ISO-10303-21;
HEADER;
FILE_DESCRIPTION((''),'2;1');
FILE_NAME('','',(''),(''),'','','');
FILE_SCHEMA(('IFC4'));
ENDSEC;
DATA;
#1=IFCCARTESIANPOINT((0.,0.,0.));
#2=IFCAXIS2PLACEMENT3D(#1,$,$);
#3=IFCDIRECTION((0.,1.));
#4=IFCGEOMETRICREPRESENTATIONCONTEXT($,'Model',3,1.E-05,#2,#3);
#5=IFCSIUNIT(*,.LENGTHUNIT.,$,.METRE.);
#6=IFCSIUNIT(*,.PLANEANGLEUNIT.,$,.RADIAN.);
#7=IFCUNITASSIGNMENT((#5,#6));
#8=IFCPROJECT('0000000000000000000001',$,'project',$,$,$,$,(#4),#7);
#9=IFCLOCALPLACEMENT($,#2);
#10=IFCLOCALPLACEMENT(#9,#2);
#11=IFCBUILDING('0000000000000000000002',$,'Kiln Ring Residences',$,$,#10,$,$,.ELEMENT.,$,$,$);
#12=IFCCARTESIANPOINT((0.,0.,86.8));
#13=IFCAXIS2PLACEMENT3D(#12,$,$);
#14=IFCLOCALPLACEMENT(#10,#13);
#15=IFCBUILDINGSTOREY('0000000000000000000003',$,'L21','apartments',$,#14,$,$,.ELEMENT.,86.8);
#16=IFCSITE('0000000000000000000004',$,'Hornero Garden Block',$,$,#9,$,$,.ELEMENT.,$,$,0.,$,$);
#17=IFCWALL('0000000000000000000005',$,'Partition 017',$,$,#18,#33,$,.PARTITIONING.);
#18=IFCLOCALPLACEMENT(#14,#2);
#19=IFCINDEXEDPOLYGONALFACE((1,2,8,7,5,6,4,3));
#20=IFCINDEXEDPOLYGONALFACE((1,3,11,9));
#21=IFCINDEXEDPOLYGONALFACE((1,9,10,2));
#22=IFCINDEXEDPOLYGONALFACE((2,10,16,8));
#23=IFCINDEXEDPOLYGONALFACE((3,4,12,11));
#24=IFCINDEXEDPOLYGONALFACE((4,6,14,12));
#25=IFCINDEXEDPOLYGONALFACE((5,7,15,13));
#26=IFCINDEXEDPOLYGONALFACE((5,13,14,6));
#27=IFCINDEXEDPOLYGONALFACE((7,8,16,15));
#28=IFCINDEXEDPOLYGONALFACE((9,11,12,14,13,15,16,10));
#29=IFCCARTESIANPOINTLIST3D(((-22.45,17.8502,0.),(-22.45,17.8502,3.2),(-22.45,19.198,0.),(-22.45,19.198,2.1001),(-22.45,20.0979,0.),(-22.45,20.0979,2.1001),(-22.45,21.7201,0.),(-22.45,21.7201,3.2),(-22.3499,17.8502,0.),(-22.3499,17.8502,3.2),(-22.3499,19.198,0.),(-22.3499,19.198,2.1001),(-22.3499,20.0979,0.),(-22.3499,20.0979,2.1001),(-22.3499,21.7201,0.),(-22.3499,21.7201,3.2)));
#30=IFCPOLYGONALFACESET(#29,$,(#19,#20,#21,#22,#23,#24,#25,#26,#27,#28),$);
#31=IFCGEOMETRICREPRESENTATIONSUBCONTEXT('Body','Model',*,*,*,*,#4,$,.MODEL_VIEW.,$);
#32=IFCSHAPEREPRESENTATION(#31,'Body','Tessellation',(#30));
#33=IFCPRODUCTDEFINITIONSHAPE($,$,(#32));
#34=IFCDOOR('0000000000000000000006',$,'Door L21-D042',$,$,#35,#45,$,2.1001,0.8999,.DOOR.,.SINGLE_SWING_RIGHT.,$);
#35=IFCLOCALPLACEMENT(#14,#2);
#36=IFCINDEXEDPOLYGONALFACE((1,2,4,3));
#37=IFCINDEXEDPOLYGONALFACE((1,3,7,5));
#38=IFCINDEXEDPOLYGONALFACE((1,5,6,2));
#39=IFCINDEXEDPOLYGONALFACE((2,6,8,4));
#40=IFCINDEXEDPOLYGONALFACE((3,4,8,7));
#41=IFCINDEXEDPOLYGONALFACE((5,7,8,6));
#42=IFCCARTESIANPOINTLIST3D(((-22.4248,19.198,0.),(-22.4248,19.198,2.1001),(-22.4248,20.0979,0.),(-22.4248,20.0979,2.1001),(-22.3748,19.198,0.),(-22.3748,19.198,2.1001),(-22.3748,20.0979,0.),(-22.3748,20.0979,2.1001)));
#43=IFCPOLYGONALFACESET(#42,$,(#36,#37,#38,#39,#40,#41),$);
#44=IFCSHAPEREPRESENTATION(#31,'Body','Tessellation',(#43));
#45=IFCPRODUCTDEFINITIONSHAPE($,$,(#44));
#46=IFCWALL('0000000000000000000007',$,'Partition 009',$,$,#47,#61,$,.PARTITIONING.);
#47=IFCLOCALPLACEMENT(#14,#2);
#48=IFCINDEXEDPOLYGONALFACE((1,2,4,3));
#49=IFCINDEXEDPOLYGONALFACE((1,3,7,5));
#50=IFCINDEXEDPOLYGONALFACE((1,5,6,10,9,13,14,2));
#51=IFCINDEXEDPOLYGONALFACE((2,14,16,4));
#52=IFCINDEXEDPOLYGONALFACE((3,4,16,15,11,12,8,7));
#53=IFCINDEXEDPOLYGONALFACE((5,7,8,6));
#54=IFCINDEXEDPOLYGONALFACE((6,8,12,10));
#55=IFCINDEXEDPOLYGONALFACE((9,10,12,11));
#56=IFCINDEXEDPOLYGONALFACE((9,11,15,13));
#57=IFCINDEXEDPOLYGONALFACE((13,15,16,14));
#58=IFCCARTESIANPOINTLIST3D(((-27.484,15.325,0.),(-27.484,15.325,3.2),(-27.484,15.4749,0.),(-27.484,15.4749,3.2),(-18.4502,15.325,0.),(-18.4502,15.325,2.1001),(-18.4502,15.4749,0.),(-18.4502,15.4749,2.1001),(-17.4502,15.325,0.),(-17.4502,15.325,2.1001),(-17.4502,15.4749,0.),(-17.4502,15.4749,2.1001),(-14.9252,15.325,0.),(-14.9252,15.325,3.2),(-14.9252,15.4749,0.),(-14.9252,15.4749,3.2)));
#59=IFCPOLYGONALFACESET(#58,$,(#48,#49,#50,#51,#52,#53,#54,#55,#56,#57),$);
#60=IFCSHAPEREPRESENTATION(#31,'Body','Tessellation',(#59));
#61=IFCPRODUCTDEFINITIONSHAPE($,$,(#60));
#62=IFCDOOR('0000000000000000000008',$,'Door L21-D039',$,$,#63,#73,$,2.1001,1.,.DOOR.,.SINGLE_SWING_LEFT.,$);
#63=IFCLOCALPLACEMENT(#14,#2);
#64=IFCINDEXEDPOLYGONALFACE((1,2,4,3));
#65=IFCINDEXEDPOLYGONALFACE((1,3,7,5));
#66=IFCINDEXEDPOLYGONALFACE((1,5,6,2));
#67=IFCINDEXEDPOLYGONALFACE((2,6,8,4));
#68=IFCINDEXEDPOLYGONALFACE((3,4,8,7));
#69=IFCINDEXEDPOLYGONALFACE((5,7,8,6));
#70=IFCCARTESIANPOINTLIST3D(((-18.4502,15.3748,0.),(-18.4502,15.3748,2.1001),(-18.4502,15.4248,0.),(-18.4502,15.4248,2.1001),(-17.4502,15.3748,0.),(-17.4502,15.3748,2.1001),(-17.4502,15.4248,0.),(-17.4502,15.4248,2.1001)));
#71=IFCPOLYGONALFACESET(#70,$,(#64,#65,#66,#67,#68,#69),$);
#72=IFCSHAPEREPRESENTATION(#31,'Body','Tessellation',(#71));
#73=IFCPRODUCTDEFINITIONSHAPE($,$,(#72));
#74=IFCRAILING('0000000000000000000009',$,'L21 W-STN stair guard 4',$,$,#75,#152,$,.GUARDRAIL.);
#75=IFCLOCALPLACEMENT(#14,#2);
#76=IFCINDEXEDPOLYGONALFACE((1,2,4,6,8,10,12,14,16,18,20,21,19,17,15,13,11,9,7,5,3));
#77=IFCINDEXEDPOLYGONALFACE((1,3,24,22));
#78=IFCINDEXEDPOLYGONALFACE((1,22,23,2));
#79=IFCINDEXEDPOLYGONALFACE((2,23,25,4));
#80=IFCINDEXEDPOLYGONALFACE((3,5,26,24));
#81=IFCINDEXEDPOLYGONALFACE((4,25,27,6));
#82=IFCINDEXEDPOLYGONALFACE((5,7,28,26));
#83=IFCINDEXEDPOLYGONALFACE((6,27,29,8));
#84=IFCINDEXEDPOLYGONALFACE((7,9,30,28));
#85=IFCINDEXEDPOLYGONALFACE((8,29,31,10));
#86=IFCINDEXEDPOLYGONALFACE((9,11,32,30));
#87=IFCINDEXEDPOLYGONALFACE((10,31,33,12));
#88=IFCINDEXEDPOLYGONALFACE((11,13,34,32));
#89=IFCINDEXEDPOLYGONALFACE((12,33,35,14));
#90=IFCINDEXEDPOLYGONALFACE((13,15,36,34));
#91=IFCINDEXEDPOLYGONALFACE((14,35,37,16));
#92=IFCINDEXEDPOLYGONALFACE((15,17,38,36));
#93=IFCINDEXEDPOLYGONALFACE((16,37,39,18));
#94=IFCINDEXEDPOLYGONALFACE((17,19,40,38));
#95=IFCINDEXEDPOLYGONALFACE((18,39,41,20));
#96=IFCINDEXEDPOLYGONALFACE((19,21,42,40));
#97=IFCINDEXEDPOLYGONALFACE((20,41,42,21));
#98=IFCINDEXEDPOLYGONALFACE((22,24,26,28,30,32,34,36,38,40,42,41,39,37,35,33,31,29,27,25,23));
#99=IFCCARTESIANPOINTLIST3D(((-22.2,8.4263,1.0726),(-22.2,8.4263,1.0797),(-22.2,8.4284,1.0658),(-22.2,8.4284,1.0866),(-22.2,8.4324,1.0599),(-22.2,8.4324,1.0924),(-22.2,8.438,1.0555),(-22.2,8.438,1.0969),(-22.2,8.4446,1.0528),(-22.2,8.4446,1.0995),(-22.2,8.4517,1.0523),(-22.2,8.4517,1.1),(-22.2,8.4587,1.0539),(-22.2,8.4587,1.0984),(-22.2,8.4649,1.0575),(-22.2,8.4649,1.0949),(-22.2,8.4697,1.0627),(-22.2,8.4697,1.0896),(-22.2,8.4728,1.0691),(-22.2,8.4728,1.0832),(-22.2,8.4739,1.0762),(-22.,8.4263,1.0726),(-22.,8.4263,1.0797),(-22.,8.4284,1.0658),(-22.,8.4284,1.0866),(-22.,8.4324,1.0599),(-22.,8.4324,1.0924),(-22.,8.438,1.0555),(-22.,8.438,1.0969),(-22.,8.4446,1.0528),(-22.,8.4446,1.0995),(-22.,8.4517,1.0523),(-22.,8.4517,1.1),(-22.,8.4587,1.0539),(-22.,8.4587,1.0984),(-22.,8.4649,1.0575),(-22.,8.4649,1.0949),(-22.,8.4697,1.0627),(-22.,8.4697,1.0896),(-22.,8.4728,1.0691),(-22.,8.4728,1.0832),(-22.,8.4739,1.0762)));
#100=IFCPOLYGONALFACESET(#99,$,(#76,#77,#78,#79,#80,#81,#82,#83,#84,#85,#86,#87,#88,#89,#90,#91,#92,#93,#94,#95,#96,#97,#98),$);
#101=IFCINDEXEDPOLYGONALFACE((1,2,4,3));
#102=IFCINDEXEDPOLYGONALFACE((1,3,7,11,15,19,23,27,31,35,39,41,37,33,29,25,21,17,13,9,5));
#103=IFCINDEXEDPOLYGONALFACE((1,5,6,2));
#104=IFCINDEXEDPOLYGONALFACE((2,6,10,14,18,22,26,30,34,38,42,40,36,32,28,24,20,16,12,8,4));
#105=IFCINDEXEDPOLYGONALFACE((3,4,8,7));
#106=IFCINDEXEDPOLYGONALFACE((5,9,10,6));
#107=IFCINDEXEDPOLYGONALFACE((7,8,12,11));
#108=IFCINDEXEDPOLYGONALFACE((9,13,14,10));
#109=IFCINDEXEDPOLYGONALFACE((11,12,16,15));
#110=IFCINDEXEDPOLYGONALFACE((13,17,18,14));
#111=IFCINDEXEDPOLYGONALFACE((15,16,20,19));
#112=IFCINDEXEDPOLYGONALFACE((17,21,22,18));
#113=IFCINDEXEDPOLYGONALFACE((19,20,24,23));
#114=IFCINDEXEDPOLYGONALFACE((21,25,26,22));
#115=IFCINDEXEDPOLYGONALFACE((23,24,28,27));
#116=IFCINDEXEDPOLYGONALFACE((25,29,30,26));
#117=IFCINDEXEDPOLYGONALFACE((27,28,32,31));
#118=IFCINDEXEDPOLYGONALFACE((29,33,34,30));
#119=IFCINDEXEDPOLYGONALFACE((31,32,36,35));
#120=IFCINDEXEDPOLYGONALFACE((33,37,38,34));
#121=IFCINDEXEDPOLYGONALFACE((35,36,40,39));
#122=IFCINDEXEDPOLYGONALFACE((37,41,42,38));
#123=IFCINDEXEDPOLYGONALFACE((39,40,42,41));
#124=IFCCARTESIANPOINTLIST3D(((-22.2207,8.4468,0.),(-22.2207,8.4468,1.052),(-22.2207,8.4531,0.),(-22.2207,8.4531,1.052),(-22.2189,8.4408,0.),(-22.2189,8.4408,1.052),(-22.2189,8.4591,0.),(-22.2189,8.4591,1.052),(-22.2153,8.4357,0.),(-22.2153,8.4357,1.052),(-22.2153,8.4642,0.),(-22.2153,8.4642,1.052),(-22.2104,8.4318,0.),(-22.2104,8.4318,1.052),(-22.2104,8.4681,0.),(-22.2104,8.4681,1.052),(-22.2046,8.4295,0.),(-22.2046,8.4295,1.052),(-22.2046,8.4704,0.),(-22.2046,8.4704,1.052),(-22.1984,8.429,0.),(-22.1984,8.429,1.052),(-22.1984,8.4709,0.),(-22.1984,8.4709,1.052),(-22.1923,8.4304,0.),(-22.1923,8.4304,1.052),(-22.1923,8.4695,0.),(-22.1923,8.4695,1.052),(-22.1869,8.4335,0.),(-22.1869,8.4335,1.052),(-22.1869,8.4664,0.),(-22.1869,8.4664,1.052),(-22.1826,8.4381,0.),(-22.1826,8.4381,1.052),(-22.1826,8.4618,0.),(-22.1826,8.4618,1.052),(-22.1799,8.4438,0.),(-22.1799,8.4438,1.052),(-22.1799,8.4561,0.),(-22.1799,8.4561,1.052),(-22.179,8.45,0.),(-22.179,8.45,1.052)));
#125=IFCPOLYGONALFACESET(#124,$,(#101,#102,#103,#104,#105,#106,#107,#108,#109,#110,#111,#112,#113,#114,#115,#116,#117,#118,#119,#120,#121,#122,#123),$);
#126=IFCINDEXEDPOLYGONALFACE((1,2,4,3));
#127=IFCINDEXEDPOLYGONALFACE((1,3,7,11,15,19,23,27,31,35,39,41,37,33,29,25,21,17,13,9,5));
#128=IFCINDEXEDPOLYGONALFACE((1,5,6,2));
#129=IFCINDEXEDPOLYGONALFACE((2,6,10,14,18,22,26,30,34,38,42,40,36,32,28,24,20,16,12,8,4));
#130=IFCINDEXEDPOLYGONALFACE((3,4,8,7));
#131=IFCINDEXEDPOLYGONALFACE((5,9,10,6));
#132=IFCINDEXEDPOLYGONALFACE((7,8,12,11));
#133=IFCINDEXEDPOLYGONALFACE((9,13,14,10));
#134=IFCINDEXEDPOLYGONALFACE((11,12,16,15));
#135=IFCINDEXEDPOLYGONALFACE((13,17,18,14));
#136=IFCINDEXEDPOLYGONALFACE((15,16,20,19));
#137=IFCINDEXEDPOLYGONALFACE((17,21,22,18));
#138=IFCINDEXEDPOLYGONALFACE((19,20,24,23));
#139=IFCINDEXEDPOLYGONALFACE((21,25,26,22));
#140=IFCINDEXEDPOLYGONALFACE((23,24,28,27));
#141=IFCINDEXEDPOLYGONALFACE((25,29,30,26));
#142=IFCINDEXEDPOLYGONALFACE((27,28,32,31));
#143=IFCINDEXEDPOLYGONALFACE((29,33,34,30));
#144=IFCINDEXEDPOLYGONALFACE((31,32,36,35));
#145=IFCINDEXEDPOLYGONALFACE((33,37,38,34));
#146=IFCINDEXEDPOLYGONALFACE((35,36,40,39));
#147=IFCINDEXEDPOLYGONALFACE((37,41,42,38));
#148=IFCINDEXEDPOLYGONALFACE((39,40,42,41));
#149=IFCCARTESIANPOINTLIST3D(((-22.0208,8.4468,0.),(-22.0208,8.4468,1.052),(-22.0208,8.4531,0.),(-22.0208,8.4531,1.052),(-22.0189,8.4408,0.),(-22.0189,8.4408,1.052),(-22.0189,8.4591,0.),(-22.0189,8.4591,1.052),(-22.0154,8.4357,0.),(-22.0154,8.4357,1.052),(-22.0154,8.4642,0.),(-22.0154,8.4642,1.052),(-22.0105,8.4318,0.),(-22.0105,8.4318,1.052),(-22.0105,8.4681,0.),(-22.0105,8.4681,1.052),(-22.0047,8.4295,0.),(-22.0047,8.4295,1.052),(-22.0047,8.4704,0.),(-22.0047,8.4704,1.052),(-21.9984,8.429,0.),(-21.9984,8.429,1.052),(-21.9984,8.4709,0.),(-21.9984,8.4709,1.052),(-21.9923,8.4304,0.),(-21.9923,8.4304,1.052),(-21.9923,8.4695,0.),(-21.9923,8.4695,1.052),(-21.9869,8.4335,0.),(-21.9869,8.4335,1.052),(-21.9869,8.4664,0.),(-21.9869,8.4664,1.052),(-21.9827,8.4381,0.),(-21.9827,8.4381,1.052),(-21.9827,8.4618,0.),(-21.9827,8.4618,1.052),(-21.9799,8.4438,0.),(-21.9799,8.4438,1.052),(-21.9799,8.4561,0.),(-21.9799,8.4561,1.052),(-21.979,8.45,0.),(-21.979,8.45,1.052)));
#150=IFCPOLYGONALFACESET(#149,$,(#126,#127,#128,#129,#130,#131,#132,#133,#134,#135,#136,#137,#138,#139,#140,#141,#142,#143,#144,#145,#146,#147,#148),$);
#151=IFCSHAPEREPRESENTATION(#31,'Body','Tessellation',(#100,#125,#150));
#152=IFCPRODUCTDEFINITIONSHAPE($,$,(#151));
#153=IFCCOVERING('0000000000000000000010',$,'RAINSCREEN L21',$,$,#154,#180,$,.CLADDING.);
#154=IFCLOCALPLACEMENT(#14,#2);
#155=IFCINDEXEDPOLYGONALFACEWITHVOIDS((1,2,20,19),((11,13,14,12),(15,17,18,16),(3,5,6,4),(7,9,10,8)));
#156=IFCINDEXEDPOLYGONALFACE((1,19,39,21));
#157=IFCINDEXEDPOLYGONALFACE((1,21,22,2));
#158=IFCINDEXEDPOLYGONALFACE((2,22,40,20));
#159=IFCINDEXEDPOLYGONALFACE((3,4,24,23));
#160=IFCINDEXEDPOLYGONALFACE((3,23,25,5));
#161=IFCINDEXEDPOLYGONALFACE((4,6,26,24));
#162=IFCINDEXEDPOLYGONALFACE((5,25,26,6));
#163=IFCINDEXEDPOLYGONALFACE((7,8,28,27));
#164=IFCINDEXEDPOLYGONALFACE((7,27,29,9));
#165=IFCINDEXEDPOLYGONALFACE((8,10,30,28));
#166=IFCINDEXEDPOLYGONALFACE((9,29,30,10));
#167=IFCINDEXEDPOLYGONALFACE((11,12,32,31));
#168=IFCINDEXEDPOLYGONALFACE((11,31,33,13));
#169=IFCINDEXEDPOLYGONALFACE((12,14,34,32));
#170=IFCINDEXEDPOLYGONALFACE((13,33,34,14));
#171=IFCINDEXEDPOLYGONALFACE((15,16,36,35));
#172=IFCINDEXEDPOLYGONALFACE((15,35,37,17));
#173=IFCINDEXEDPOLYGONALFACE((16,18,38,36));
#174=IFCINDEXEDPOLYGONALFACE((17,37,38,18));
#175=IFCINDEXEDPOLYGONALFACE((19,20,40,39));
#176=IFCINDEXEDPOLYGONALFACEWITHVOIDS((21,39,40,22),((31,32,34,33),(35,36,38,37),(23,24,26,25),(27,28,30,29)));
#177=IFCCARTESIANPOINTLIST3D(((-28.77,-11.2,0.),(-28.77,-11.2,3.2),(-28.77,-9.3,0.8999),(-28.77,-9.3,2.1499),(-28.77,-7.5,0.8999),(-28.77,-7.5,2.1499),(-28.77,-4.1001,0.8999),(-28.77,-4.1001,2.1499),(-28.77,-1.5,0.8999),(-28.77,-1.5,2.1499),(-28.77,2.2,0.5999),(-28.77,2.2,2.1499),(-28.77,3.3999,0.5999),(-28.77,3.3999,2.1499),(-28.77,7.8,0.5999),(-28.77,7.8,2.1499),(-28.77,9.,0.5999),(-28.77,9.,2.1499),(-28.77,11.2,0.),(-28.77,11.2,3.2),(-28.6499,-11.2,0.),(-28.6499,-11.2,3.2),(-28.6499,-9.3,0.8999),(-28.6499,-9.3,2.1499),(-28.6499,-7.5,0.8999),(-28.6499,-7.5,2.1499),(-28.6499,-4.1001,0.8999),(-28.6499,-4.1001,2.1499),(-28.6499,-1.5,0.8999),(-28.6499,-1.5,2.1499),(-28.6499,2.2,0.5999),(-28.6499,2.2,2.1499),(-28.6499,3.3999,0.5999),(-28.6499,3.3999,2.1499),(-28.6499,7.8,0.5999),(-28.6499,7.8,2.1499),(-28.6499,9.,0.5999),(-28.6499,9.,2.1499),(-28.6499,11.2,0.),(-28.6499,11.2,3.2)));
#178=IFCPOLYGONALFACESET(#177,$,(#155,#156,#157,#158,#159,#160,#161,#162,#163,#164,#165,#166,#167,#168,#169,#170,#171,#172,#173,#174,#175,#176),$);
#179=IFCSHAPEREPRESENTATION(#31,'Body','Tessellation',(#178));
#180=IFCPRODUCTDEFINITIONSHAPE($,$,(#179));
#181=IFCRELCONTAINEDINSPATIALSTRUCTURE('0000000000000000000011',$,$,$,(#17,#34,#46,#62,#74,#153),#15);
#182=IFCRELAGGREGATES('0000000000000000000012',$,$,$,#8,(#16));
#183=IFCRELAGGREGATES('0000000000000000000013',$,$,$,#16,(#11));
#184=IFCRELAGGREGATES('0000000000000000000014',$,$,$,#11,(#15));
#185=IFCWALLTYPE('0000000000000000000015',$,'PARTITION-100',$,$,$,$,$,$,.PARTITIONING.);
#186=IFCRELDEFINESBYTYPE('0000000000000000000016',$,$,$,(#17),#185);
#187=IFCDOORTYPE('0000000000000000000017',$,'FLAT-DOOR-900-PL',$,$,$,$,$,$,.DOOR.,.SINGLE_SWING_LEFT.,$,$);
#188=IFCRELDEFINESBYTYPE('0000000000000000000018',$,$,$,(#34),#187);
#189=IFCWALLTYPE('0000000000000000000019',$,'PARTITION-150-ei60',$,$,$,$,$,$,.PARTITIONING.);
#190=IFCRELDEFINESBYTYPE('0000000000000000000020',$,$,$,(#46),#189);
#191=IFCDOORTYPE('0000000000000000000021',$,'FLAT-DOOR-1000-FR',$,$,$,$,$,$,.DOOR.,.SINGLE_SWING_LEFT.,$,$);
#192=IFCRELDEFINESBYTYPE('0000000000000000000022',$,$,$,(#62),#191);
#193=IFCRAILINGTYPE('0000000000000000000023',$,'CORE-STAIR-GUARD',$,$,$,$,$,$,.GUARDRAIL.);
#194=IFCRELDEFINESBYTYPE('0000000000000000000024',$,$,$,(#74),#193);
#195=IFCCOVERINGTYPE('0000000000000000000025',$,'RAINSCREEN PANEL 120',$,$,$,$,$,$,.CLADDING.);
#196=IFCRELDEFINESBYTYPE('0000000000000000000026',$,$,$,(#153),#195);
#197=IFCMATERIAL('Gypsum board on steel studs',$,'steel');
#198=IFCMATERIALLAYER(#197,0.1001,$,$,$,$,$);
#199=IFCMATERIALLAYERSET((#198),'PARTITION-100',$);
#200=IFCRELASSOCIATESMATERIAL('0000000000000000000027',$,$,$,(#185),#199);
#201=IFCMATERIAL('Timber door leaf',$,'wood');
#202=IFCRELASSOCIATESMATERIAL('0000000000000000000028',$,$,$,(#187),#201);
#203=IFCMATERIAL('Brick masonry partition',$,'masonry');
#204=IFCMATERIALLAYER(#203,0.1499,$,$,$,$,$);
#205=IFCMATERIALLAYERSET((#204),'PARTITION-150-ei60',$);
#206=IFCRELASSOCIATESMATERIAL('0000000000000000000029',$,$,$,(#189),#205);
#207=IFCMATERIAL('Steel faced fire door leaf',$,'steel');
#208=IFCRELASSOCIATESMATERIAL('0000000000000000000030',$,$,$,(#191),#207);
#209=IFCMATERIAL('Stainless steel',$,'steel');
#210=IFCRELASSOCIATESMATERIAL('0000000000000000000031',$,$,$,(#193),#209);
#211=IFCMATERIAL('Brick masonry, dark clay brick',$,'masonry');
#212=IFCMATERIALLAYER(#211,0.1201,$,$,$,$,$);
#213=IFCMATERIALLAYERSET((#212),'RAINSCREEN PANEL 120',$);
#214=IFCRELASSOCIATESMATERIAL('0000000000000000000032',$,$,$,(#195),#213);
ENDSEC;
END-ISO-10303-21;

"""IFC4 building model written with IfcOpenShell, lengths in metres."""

from ifc_helpers import new_model, si_unit, direction, frame, frame_2d, origin, origin_2d, place, context, subcontext, project, spatial, polyline, rectangle, circle, outline, extrude, material, layer, layer_set, type_object, element, fill, save


model = new_model("IFC4")

# Units and contexts
model_context = context("Model", 3, precision=1e-05, world=origin(), true_north=direction((0.0, 1.0)))
body_context = subcontext(model_context, "Body", "Model", "MODEL_VIEW")
ifc_project = project(units=[si_unit("LENGTHUNIT", "METRE"), si_unit("PLANEANGLEUNIT", "RADIAN")], contexts=[model_context])

# Site, building, storey
site_placement = place(None, origin())
site = spatial("IfcSite", under=ifc_project, at=site_placement, Name="Hornero Garden Block", CompositionType="ELEMENT", RefElevation=0.0)
building_placement = place(site_placement, origin())
building = spatial("IfcBuilding", under=site, at=building_placement, Name="Kiln Ring Residences", CompositionType="ELEMENT")
storey_placement = place(building_placement, frame((0.0, 0.0, 86.8)))
storey = spatial("IfcBuildingStorey", under=building, at=storey_placement, Name="L21", Description="apartments", CompositionType="ELEMENT", Elevation=86.8)

# Shared definitions
ifc_material_1 = material(Name="Gypsum board on steel studs", Category="steel")
ifc_layer_1 = layer(ifc_material_1, 0.1001)
ifc_layer_set_1 = layer_set([ifc_layer_1], Name="PARTITION-100")
wall_type_1 = type_object("IfcWallType", Name="PARTITION-100", PredefinedType="PARTITIONING", material=ifc_layer_set_1)
ifc_material_2 = material(Name="Timber door leaf", Category="wood")
door_type_1 = type_object("IfcDoorType", Name="FLAT-DOOR-900-PL", OperationType="SINGLE_SWING_LEFT", PredefinedType="DOOR", material=ifc_material_2)

# Walls, openings, doors
wall_1_placement = place(storey_placement, frame((-22.3999, 17.8501, 0.0), z_axis=(0.0, 0.0, 1.0), x_axis=(0.0, 1.0, 0.0)))
wall_1 = element("IfcWall", 1, at=wall_1_placement, inside=storey, type_object=wall_type_1, Name="Partition 017", PredefinedType="PARTITIONING", context=body_context, shape_type="SweptSolid", body=[
    extrude(rectangle(XDim=3.8699, YDim=0.1001, at=frame_2d((1.9351, 0.0))), origin(), (0.0, 0.0, 1.0), 3.2),
])
opening_1_placement = place(wall_1_placement, frame((1.3479, 0.0, 0.0)))
opening_1 = element("IfcOpeningElement", 2, at=opening_1_placement, cuts=wall_1, PredefinedType="OPENING", context=body_context, shape_type="SweptSolid", body=[
    extrude(rectangle(XDim=0.8999, YDim=2.1001, at=frame_2d((0.45, 1.05))), frame((0.0, 0.0601, 0.0), z_axis=(0.0, -1.0, 0.0), x_axis=(1.0, 0.0, 0.0)), (0.0, 0.0, 1.0), 0.1201),
])
door_1_placement = place(opening_1_placement, origin())
door_1 = element("IfcDoor", 3, at=door_1_placement, inside=storey, type_object=door_type_1, Name="Door L21-D042", OperationType="SINGLE_SWING_RIGHT", OverallHeight=2.1001, OverallWidth=0.8999, PredefinedType="DOOR", context=body_context, shape_type="SweptSolid", body=[
    extrude(rectangle(XDim=0.8999, YDim=2.1001, at=frame_2d((0.45, 1.05))), frame((0.0, 0.0249, 0.0), z_axis=(0.0, -1.0, 0.0), x_axis=(1.0, 0.0, 0.0)), (0.0, 0.0, 1.0), 0.05),
])
fill(opening_1, door_1)
ifc_material_3 = material(Name="Brick masonry partition", Category="masonry")
ifc_layer_2 = layer(ifc_material_3, 0.1499)
ifc_layer_set_2 = layer_set([ifc_layer_2], Name="PARTITION-150-ei60")
wall_type_2 = type_object("IfcWallType", Name="PARTITION-150-ei60", PredefinedType="PARTITIONING", material=ifc_layer_set_2)
wall_2_placement = place(storey_placement, frame((-27.4839, 15.3999, 0.0), z_axis=(0.0, 0.0, 1.0), x_axis=(1.0, 0.0, 0.0)))
wall_2 = element("IfcWall", 4, at=wall_2_placement, inside=storey, type_object=wall_type_2, Name="Partition 009", PredefinedType="PARTITIONING", context=body_context, shape_type="SweptSolid", body=[
    extrude(rectangle(XDim=12.5588, YDim=0.1499, at=frame_2d((6.2793, 0.0))), origin(), (0.0, 0.0, 1.0), 3.2),
])
opening_2_placement = place(wall_2_placement, frame((9.0337, 0.0, 0.0)))
opening_2 = element("IfcOpeningElement", 5, at=opening_2_placement, cuts=wall_2, PredefinedType="OPENING", context=body_context, shape_type="SweptSolid", body=[
    extrude(rectangle(XDim=1.0, YDim=2.1001, at=frame_2d((0.5, 1.05))), frame((0.0, 0.085, 0.0), z_axis=(0.0, -1.0, 0.0), x_axis=(1.0, 0.0, 0.0)), (0.0, 0.0, 1.0), 0.1699),
])
ifc_material_4 = material(Name="Steel faced fire door leaf", Category="steel")
door_type_2 = type_object("IfcDoorType", Name="FLAT-DOOR-1000-FR", OperationType="SINGLE_SWING_LEFT", PredefinedType="DOOR", material=ifc_material_4)
door_2_placement = place(opening_2_placement, origin())
door_2 = element("IfcDoor", 6, at=door_2_placement, inside=storey, type_object=door_type_2, Name="Door L21-D039", OperationType="SINGLE_SWING_LEFT", OverallHeight=2.1001, OverallWidth=1.0, PredefinedType="DOOR", context=body_context, shape_type="SweptSolid", body=[
    extrude(rectangle(XDim=1.0, YDim=2.1001, at=frame_2d((0.5, 1.05))), frame((0.0, 0.0249, 0.0), z_axis=(0.0, -1.0, 0.0), x_axis=(1.0, 0.0, 0.0)), (0.0, 0.0, 1.0), 0.05),
])
fill(opening_2, door_2)

# Railing
ifc_material_5 = material(Name="Stainless steel", Category="steel")
railing_type = type_object("IfcRailingType", Name="CORE-STAIR-GUARD", PredefinedType="GUARDRAIL", material=ifc_material_5)
railing_placement = place(storey_placement, frame((-22.2, 8.45, 0.0)))
element("IfcRailing", 7, at=railing_placement, inside=storey, type_object=railing_type, Name="L21 W-STN stair guard 4", PredefinedType="GUARDRAIL", context=body_context, shape_type="SweptSolid", body=[
    extrude(circle(Radius=0.0239, at=origin_2d()), frame((0.0, 0.0, 1.0762), z_axis=(1.0, 0.0, 0.0), x_axis=(0.0, 1.0, 0.0)), (0.0, 0.0, 1.0), 0.2),
    extrude(circle(Radius=0.021, at=origin_2d()), origin(), (0.0, 0.0, 1.0), 1.052),
    extrude(circle(Radius=0.021, at=origin_2d()), frame((0.2, 0.0, 0.0)), (0.0, 0.0, 1.0), 1.052),
])

# Covering
ifc_material_6 = material(Name="Brick masonry, dark clay brick", Category="masonry")
ifc_layer_3 = layer(ifc_material_6, 0.1201)
ifc_layer_set_3 = layer_set([ifc_layer_3], Name="RAINSCREEN PANEL 120")
covering_type = type_object("IfcCoveringType", Name="RAINSCREEN PANEL 120", PredefinedType="CLADDING", material=ifc_layer_set_3)
covering_placement = place(storey_placement, frame((-28.71, 11.2, 0.0), z_axis=(0.0, 0.0, 1.0), x_axis=(0.0, -1.0, 0.0)))
element("IfcCovering", 8, at=covering_placement, inside=storey, type_object=covering_type, Name="RAINSCREEN L21", PredefinedType="CLADDING", context=body_context, shape_type="SweptSolid", body=[
    extrude(outline(polyline([(0.0, 0.0), (22.3999, 0.0), (22.3999, 3.2), (0.0, 3.2), (0.0, 0.0)]), holes=[polyline([(3.3999, 0.5999), (3.3999, 2.1499), (2.2, 2.1499), (2.2, 0.5999), (3.3999, 0.5999)]), polyline([(9.0, 0.5999), (9.0, 2.1499), (7.8, 2.1499), (7.8, 0.5999), (9.0, 0.5999)]), polyline([(15.3, 0.8999), (15.3, 2.1499), (12.7, 2.1499), (12.7, 0.8999), (15.3, 0.8999)]), polyline([(20.5, 0.8999), (20.5, 2.1499), (18.7, 2.1499), (18.7, 0.8999), (20.5, 0.8999)])]), frame((0.0, 0.0601, 0.0), z_axis=(0.0, -1.0, 0.0), x_axis=(1.0, 0.0, 0.0)), (0.0, 0.0, 1.0), 0.1201),
])

save(model, "model.ifc")
